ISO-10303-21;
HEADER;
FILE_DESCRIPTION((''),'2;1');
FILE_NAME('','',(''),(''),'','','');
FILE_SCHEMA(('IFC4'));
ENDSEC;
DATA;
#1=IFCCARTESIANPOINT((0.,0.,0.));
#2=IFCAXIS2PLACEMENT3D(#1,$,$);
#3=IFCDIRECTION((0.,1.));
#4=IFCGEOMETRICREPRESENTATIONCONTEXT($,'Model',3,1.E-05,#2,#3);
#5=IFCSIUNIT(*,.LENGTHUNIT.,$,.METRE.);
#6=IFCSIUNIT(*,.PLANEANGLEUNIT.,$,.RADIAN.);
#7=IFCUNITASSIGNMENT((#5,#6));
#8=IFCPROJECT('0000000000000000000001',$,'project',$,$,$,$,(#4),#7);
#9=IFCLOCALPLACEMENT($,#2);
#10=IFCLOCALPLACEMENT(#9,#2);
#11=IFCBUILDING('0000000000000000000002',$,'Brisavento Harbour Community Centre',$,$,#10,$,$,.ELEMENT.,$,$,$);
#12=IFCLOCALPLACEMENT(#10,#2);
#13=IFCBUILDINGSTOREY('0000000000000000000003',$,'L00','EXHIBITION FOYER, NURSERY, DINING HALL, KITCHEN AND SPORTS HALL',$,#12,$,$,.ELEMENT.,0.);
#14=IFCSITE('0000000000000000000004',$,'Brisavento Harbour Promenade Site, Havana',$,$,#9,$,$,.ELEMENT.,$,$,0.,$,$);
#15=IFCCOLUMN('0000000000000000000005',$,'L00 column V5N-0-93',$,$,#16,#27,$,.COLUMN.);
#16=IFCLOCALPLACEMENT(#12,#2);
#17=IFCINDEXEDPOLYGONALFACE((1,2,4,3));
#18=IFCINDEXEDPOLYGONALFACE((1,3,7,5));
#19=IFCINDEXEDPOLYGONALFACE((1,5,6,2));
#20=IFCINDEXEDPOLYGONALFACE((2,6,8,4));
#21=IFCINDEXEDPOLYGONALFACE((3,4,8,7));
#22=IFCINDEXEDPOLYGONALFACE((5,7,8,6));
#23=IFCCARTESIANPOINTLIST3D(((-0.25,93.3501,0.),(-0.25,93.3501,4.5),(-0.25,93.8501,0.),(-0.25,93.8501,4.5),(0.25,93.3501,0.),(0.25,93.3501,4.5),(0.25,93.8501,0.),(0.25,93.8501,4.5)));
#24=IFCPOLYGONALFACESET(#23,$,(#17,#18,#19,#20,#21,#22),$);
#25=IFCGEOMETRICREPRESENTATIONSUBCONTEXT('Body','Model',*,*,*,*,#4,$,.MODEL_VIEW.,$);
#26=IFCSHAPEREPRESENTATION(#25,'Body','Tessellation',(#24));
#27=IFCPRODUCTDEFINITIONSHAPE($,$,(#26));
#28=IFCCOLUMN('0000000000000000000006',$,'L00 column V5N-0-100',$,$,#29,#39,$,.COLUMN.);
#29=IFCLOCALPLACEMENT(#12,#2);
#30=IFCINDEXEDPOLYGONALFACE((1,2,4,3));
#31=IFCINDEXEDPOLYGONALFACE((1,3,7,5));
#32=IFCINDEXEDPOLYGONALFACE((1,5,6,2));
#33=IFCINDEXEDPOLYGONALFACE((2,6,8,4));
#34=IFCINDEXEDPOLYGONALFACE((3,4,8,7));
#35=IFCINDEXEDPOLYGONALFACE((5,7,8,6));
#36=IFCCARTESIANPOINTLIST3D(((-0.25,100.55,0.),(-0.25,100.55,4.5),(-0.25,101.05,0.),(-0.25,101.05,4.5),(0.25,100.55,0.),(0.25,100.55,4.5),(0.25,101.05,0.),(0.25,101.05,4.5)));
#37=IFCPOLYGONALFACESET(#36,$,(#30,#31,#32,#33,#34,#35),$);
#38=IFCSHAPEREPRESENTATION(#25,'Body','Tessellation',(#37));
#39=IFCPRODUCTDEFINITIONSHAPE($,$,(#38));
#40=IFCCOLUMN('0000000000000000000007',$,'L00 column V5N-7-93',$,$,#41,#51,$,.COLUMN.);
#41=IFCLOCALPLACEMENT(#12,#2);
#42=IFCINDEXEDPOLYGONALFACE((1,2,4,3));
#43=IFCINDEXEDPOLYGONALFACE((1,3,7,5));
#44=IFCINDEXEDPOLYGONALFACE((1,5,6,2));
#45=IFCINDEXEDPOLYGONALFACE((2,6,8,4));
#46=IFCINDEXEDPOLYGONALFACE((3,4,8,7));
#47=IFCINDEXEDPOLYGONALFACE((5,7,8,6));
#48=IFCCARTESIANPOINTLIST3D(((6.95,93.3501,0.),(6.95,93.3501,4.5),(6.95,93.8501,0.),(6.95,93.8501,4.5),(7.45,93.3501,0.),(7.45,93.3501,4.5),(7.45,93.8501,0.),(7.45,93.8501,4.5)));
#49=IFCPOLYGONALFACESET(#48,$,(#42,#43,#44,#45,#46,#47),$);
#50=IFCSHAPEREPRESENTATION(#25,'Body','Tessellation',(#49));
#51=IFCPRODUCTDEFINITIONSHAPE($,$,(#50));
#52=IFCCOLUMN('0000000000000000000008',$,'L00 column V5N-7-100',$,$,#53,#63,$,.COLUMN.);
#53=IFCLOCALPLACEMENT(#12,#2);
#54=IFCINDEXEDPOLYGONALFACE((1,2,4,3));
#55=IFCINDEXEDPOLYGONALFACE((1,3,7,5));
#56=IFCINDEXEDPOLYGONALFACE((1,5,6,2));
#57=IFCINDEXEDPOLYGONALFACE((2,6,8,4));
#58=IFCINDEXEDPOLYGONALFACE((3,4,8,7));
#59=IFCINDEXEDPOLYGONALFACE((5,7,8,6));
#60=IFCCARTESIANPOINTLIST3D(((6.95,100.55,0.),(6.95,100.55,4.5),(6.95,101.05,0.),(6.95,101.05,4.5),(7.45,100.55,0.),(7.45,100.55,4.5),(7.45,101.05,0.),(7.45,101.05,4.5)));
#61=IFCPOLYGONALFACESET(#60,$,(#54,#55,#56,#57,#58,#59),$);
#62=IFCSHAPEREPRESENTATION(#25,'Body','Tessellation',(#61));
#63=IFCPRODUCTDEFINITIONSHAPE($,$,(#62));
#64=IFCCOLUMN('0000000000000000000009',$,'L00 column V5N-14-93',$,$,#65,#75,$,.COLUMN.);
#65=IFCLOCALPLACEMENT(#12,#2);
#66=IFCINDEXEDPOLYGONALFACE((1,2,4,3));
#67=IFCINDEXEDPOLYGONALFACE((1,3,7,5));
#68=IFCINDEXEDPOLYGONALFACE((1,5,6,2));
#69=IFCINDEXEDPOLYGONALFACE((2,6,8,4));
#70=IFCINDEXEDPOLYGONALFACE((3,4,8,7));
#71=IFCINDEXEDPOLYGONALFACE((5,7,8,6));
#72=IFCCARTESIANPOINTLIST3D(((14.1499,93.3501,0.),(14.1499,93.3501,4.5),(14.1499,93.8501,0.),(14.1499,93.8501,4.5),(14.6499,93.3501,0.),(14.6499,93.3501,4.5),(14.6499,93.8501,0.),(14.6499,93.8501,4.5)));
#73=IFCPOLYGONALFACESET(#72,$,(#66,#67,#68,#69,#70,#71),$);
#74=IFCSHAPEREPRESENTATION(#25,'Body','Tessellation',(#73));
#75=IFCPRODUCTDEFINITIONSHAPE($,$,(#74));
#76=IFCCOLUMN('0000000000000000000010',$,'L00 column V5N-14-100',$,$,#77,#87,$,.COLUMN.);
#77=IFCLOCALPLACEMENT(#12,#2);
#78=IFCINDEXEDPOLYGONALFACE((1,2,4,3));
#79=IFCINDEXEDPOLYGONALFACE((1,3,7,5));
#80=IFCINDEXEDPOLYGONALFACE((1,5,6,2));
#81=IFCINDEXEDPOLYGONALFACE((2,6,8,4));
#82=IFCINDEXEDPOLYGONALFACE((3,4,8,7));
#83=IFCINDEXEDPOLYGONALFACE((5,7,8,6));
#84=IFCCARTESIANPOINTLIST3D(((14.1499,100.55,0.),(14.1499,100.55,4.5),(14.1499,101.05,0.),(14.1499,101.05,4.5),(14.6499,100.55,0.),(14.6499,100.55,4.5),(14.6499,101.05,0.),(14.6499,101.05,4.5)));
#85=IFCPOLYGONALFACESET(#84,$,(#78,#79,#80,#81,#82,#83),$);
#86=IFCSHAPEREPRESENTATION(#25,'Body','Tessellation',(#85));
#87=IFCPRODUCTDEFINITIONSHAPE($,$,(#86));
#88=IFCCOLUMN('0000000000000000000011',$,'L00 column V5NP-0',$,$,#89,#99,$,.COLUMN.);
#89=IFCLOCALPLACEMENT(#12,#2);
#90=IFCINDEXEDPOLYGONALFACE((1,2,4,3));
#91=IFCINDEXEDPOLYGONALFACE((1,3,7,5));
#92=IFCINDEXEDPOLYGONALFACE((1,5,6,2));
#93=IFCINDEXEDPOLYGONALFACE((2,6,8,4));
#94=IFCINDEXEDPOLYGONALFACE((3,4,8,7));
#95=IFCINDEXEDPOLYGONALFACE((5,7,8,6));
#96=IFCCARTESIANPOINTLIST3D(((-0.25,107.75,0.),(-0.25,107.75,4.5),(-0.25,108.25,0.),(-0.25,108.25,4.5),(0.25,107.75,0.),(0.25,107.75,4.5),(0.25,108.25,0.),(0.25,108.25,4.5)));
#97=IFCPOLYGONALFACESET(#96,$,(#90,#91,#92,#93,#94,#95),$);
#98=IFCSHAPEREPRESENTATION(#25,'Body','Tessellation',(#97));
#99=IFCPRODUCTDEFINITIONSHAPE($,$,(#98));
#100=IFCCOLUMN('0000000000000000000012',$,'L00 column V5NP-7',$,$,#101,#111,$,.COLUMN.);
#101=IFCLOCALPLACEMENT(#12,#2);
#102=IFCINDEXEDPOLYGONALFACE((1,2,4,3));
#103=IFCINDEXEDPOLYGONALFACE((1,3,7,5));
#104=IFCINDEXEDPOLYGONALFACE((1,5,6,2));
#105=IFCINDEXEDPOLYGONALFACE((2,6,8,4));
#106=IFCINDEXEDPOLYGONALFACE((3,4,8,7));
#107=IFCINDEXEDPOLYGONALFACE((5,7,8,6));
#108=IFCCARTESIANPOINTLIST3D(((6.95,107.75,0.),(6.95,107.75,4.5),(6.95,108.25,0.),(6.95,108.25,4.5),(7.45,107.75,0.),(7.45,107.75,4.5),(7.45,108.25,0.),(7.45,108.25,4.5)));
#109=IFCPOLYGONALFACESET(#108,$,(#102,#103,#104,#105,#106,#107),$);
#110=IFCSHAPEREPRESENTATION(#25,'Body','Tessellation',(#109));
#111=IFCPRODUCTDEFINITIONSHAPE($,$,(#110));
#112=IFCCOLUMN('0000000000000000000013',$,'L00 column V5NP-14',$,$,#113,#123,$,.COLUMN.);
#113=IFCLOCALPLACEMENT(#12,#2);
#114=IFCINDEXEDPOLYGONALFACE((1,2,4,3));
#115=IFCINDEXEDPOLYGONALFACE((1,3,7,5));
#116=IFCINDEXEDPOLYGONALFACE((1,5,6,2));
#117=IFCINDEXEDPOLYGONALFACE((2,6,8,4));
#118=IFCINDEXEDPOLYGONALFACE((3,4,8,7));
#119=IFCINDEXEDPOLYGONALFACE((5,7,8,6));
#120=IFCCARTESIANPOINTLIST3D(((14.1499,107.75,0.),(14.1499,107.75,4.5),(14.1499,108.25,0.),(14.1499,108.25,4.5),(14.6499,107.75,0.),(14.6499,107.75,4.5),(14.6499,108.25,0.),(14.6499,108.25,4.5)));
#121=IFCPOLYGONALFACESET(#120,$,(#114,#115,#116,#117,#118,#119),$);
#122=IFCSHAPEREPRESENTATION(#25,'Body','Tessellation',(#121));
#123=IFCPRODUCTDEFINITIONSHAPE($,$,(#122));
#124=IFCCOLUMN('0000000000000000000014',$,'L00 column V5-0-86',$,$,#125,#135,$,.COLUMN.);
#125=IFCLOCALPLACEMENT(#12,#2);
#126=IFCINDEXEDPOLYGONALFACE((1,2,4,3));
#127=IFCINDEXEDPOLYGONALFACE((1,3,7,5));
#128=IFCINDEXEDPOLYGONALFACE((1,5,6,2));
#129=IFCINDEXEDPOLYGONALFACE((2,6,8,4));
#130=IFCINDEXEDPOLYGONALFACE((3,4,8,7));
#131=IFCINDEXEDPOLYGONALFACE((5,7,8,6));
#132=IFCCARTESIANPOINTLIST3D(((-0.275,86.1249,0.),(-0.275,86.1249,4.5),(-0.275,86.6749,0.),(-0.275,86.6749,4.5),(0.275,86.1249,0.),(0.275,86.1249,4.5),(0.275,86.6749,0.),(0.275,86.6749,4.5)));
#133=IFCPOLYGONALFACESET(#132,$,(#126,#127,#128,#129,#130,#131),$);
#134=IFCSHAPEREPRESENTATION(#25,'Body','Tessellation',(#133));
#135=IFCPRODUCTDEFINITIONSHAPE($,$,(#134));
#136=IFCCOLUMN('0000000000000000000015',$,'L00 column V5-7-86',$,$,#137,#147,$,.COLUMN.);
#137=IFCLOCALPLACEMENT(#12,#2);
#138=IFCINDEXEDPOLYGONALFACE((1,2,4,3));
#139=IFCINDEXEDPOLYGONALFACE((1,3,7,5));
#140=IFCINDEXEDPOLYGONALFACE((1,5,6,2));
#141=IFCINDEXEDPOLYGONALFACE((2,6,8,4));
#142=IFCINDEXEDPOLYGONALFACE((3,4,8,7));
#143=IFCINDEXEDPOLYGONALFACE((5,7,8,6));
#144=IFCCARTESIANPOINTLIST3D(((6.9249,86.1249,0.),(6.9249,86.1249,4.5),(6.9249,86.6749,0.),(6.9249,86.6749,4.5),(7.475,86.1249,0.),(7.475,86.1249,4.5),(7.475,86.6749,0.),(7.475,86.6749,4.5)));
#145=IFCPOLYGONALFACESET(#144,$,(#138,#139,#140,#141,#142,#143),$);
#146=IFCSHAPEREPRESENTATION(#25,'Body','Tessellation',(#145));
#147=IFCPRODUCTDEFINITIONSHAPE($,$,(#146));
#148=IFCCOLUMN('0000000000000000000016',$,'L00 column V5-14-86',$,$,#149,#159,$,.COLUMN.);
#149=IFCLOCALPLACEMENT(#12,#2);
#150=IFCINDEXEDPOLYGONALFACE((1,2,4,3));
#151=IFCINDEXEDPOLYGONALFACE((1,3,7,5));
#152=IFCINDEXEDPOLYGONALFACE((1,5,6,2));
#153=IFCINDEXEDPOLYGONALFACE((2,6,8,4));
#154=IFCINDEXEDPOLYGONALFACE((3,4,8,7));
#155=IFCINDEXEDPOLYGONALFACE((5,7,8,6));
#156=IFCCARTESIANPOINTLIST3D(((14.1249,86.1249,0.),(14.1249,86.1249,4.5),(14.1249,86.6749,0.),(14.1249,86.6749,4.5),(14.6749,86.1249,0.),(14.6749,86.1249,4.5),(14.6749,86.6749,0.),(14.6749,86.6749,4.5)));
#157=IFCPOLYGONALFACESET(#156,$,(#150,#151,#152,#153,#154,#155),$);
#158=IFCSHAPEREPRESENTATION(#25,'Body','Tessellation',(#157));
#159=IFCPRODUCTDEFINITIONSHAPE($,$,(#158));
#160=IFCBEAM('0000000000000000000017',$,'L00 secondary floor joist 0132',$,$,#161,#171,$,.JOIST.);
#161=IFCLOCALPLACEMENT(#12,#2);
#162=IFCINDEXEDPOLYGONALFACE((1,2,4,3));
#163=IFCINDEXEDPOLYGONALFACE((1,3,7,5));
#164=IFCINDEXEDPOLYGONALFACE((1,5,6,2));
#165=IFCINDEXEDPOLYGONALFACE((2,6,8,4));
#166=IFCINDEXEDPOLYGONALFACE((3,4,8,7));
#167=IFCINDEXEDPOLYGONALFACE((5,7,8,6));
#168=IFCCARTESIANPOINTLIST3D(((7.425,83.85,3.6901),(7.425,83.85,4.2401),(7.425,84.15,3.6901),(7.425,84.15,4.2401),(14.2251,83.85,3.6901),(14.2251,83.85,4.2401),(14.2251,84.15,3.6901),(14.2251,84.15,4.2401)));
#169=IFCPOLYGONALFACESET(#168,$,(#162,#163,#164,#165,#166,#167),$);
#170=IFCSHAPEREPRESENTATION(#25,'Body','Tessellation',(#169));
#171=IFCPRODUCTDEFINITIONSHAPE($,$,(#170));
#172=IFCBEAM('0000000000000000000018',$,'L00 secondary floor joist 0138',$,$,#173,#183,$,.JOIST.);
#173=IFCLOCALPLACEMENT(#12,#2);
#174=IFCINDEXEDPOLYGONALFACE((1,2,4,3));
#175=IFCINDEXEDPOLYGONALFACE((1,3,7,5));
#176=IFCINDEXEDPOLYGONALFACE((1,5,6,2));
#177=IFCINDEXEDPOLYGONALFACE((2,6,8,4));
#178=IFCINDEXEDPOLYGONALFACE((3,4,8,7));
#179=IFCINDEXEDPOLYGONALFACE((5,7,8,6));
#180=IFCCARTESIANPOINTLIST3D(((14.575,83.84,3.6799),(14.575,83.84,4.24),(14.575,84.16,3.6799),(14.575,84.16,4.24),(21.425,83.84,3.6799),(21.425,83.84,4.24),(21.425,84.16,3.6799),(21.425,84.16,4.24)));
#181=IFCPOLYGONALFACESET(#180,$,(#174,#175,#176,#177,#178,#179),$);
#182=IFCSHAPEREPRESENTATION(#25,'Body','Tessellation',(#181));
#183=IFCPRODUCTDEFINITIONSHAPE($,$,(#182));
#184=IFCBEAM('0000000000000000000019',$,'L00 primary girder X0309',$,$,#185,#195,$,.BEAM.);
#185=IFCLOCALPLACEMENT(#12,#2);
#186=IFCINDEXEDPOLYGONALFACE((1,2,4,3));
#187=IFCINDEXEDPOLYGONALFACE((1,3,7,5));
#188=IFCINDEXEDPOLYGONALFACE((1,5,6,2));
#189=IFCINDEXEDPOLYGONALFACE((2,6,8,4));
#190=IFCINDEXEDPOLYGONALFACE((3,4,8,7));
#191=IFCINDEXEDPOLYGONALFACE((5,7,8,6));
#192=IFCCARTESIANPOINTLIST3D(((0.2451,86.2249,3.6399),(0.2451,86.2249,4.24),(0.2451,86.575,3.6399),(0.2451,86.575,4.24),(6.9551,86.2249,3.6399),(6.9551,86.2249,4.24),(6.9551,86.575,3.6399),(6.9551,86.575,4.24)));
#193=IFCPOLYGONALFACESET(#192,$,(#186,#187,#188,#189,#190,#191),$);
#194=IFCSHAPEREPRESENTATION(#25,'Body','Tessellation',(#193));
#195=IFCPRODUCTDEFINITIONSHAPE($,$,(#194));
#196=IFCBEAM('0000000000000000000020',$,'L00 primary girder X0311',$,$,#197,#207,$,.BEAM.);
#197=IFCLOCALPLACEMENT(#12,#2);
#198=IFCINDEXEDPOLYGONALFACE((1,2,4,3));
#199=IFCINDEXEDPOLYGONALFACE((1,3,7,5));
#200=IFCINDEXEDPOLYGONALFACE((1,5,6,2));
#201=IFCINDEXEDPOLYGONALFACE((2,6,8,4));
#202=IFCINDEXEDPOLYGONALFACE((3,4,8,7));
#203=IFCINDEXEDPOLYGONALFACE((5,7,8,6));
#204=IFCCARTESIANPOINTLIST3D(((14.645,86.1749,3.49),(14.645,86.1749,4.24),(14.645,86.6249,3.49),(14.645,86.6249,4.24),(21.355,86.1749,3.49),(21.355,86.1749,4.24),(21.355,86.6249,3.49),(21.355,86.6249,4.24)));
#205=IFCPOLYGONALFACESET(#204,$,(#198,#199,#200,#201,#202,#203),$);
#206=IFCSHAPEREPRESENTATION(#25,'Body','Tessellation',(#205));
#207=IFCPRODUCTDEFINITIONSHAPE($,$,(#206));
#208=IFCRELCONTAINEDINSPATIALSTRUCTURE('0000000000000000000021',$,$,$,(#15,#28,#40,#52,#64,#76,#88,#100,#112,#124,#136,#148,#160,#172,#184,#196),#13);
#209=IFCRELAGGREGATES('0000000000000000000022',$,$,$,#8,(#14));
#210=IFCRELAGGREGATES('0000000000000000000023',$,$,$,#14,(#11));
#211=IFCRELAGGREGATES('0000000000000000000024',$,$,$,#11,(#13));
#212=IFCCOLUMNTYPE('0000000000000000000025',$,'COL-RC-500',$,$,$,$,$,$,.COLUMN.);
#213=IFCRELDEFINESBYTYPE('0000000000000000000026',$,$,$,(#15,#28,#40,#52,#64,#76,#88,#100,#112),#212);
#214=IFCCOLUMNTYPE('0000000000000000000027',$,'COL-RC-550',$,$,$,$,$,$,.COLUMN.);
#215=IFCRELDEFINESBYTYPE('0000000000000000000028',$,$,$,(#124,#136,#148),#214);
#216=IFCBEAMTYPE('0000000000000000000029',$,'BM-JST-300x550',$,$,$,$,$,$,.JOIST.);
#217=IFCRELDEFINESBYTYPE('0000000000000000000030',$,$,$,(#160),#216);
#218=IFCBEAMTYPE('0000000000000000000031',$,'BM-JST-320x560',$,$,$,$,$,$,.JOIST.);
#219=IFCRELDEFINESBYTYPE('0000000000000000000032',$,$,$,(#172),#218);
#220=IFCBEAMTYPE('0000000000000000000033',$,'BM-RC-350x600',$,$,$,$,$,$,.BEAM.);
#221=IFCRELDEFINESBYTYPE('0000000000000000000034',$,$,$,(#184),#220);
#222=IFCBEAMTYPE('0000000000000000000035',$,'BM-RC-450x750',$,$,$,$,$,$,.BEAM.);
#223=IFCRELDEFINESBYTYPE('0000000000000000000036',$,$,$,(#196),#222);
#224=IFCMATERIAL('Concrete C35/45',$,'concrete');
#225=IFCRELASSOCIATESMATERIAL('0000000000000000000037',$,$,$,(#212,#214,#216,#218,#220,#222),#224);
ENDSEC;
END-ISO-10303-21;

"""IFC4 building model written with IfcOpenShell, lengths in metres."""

from ifc_helpers import new_model, si_unit, direction, frame, origin, origin_2d, place, context, subcontext, project, spatial, rectangle, extrude, material, material_profile, profile_set, type_object, element, save


model = new_model("IFC4")

# Units and contexts
model_context = context("Model", 3, precision=1e-05, world=origin(), true_north=direction((0.0, 1.0)))
body_context = subcontext(model_context, "Body", "Model", "MODEL_VIEW")
ifc_project = project(units=[si_unit("LENGTHUNIT", "METRE"), si_unit("PLANEANGLEUNIT", "RADIAN")], contexts=[model_context])

# Site, building, storey
site_placement = place(None, origin())
site = spatial("IfcSite", under=ifc_project, at=site_placement, Name="Brisavento Harbour Promenade Site, Havana", CompositionType="ELEMENT", RefElevation=0.0)
building_placement = place(site_placement, origin())
building = spatial("IfcBuilding", under=site, at=building_placement, Name="Brisavento Harbour Community Centre", CompositionType="ELEMENT")
storey_placement = place(building_placement, origin())
storey = spatial("IfcBuildingStorey", under=building, at=storey_placement, Name="L00", Description="EXHIBITION FOYER, NURSERY, DINING HALL, KITCHEN AND SPORTS HALL", CompositionType="ELEMENT", Elevation=0.0)

# Columns
ifc_material_1 = material(Name="Concrete C35/45", Category="concrete")
ifc_material_profile_1 = material_profile(ifc_material_1, rectangle(XDim=0.5, YDim=0.5, at=origin_2d()), Name="Concrete C35/45")
ifc_profile_set_1 = profile_set([ifc_material_profile_1], Name="Concrete C35/45")
column_type_1 = type_object("IfcColumnType", Name="COL-RC-500", PredefinedType="COLUMN", material=ifc_profile_set_1)
for number, where, z_axis, x_axis, name in (
    (1, (0.0, 93.6001, 0.0), (0.0, 0.0, 1.0), (1.0, 0.0, 0.0), "L00 column V5N-0-93"),
    (2, (0.0, 100.8, 0.0), (0.0, 0.0, 1.0), (1.0, 0.0, 0.0), "L00 column V5N-0-100"),
    (3, (7.2, 93.6001, 0.0), (0.0, 0.0, 1.0), (1.0, 0.0, 0.0), "L00 column V5N-7-93"),
    (4, (7.2, 100.8, 0.0), (0.0, 0.0, 1.0), (1.0, 0.0, 0.0), "L00 column V5N-7-100"),
    (5, (14.3999, 93.6001, 0.0), (0.0, 0.0, 1.0), (1.0, 0.0, 0.0), "L00 column V5N-14-93"),
    (6, (14.3999, 100.8, 0.0), (0.0, 0.0, 1.0), (1.0, 0.0, 0.0), "L00 column V5N-14-100"),
    (7, (0.0, 108.0, 0.0), (0.0, 0.0, 1.0), (1.0, 0.0, 0.0), "L00 column V5NP-0"),
    (8, (7.2, 108.0, 0.0), (0.0, 0.0, 1.0), (1.0, 0.0, 0.0), "L00 column V5NP-7"),
    (9, (14.3999, 108.0, 0.0), (0.0, 0.0, 1.0), (1.0, 0.0, 0.0), "L00 column V5NP-14"),
):
    element("IfcColumn", number, at=place(storey_placement, frame(where, z_axis=z_axis, x_axis=x_axis)), inside=storey, type_object=column_type_1, Name=name, PredefinedType="COLUMN", context=body_context, shape_type="SweptSolid", body=[
        extrude(rectangle(XDim=0.5, YDim=0.5, at=origin_2d()), origin(), (0.0, 0.0, 1.0), 4.5),
    ])
ifc_material_profile_2 = material_profile(ifc_material_1, rectangle(XDim=0.55, YDim=0.55, at=origin_2d()), Name="Concrete C35/45")
ifc_profile_set_2 = profile_set([ifc_material_profile_2], Name="Concrete C35/45")
column_type_2 = type_object("IfcColumnType", Name="COL-RC-550", PredefinedType="COLUMN", material=ifc_profile_set_2)
for number, where, z_axis, x_axis, name in (
    (10, (0.0, 86.3999, 0.0), (0.0, 0.0, 1.0), (1.0, 0.0, 0.0), "L00 column V5-0-86"),
    (11, (7.2, 86.3999, 0.0), (0.0, 0.0, 1.0), (1.0, 0.0, 0.0), "L00 column V5-7-86"),
    (12, (14.3999, 86.3999, 0.0), (0.0, 0.0, 1.0), (1.0, 0.0, 0.0), "L00 column V5-14-86"),
):
    element("IfcColumn", number, at=place(storey_placement, frame(where, z_axis=z_axis, x_axis=x_axis)), inside=storey, type_object=column_type_2, Name=name, PredefinedType="COLUMN", context=body_context, shape_type="SweptSolid", body=[
        extrude(rectangle(XDim=0.55, YDim=0.55, at=origin_2d()), origin(), (0.0, 0.0, 1.0), 4.5),
    ])

# Beams
ifc_material_profile_3 = material_profile(ifc_material_1, rectangle(XDim=0.3, YDim=0.55, at=origin_2d()), Name="Concrete C35/45")
ifc_profile_set_3 = profile_set([ifc_material_profile_3], Name="Concrete C35/45")
beam_type_1 = type_object("IfcBeamType", Name="BM-JST-300x550", PredefinedType="JOIST", material=ifc_profile_set_3)
beam_1_placement = place(storey_placement, frame((7.425, 84.0, 3.9651), z_axis=(1.0, 0.0, 0.0), x_axis=(0.0, 1.0, 0.0)))
element("IfcBeam", 13, at=beam_1_placement, inside=storey, type_object=beam_type_1, Name="L00 secondary floor joist 0132", PredefinedType="JOIST", context=body_context, shape_type="SweptSolid", body=[
    extrude(rectangle(XDim=0.3, YDim=0.55, at=origin_2d()), origin(), (0.0, 0.0, 1.0), 6.8),
])
ifc_material_profile_4 = material_profile(ifc_material_1, rectangle(XDim=0.3201, YDim=0.5601, at=origin_2d()), Name="Concrete C35/45")
ifc_profile_set_4 = profile_set([ifc_material_profile_4], Name="Concrete C35/45")
beam_type_2 = type_object("IfcBeamType", Name="BM-JST-320x560", PredefinedType="JOIST", material=ifc_profile_set_4)
beam_2_placement = place(storey_placement, frame((14.575, 84.0, 3.96), z_axis=(1.0, 0.0, 0.0), x_axis=(0.0, 1.0, 0.0)))
element("IfcBeam", 14, at=beam_2_placement, inside=storey, type_object=beam_type_2, Name="L00 secondary floor joist 0138", PredefinedType="JOIST", context=body_context, shape_type="SweptSolid", body=[
    extrude(rectangle(XDim=0.3201, YDim=0.5601, at=origin_2d()), origin(), (0.0, 0.0, 1.0), 6.8501),
])
ifc_material_profile_5 = material_profile(ifc_material_1, rectangle(XDim=0.3501, YDim=0.6001, at=origin_2d()), Name="Concrete C35/45")
ifc_profile_set_5 = profile_set([ifc_material_profile_5], Name="Concrete C35/45")
beam_type_3 = type_object("IfcBeamType", Name="BM-RC-350x600", PredefinedType="BEAM", material=ifc_profile_set_5)
beam_3_placement = place(storey_placement, frame((0.2451, 86.3999, 3.9399), z_axis=(1.0, 0.0, 0.0), x_axis=(0.0, 1.0, 0.0)))
element("IfcBeam", 15, at=beam_3_placement, inside=storey, type_object=beam_type_3, Name="L00 primary girder X0309", PredefinedType="BEAM", context=body_context, shape_type="SweptSolid", body=[
    extrude(rectangle(XDim=0.3501, YDim=0.6001, at=origin_2d()), origin(), (0.0, 0.0, 1.0), 6.71),
])
ifc_material_profile_6 = material_profile(ifc_material_1, rectangle(XDim=0.45, YDim=0.75, at=origin_2d()), Name="Concrete C35/45")
ifc_profile_set_6 = profile_set([ifc_material_profile_6], Name="Concrete C35/45")
beam_type_4 = type_object("IfcBeamType", Name="BM-RC-450x750", PredefinedType="BEAM", material=ifc_profile_set_6)
beam_4_placement = place(storey_placement, frame((14.645, 86.3999, 3.865), z_axis=(1.0, 0.0, 0.0), x_axis=(0.0, 1.0, 0.0)))
element("IfcBeam", 16, at=beam_4_placement, inside=storey, type_object=beam_type_4, Name="L00 primary girder X0311", PredefinedType="BEAM", context=body_context, shape_type="SweptSolid", body=[
    extrude(rectangle(XDim=0.45, YDim=0.75, at=origin_2d()), origin(), (0.0, 0.0, 1.0), 6.71),
])

save(model, "model.ifc")
